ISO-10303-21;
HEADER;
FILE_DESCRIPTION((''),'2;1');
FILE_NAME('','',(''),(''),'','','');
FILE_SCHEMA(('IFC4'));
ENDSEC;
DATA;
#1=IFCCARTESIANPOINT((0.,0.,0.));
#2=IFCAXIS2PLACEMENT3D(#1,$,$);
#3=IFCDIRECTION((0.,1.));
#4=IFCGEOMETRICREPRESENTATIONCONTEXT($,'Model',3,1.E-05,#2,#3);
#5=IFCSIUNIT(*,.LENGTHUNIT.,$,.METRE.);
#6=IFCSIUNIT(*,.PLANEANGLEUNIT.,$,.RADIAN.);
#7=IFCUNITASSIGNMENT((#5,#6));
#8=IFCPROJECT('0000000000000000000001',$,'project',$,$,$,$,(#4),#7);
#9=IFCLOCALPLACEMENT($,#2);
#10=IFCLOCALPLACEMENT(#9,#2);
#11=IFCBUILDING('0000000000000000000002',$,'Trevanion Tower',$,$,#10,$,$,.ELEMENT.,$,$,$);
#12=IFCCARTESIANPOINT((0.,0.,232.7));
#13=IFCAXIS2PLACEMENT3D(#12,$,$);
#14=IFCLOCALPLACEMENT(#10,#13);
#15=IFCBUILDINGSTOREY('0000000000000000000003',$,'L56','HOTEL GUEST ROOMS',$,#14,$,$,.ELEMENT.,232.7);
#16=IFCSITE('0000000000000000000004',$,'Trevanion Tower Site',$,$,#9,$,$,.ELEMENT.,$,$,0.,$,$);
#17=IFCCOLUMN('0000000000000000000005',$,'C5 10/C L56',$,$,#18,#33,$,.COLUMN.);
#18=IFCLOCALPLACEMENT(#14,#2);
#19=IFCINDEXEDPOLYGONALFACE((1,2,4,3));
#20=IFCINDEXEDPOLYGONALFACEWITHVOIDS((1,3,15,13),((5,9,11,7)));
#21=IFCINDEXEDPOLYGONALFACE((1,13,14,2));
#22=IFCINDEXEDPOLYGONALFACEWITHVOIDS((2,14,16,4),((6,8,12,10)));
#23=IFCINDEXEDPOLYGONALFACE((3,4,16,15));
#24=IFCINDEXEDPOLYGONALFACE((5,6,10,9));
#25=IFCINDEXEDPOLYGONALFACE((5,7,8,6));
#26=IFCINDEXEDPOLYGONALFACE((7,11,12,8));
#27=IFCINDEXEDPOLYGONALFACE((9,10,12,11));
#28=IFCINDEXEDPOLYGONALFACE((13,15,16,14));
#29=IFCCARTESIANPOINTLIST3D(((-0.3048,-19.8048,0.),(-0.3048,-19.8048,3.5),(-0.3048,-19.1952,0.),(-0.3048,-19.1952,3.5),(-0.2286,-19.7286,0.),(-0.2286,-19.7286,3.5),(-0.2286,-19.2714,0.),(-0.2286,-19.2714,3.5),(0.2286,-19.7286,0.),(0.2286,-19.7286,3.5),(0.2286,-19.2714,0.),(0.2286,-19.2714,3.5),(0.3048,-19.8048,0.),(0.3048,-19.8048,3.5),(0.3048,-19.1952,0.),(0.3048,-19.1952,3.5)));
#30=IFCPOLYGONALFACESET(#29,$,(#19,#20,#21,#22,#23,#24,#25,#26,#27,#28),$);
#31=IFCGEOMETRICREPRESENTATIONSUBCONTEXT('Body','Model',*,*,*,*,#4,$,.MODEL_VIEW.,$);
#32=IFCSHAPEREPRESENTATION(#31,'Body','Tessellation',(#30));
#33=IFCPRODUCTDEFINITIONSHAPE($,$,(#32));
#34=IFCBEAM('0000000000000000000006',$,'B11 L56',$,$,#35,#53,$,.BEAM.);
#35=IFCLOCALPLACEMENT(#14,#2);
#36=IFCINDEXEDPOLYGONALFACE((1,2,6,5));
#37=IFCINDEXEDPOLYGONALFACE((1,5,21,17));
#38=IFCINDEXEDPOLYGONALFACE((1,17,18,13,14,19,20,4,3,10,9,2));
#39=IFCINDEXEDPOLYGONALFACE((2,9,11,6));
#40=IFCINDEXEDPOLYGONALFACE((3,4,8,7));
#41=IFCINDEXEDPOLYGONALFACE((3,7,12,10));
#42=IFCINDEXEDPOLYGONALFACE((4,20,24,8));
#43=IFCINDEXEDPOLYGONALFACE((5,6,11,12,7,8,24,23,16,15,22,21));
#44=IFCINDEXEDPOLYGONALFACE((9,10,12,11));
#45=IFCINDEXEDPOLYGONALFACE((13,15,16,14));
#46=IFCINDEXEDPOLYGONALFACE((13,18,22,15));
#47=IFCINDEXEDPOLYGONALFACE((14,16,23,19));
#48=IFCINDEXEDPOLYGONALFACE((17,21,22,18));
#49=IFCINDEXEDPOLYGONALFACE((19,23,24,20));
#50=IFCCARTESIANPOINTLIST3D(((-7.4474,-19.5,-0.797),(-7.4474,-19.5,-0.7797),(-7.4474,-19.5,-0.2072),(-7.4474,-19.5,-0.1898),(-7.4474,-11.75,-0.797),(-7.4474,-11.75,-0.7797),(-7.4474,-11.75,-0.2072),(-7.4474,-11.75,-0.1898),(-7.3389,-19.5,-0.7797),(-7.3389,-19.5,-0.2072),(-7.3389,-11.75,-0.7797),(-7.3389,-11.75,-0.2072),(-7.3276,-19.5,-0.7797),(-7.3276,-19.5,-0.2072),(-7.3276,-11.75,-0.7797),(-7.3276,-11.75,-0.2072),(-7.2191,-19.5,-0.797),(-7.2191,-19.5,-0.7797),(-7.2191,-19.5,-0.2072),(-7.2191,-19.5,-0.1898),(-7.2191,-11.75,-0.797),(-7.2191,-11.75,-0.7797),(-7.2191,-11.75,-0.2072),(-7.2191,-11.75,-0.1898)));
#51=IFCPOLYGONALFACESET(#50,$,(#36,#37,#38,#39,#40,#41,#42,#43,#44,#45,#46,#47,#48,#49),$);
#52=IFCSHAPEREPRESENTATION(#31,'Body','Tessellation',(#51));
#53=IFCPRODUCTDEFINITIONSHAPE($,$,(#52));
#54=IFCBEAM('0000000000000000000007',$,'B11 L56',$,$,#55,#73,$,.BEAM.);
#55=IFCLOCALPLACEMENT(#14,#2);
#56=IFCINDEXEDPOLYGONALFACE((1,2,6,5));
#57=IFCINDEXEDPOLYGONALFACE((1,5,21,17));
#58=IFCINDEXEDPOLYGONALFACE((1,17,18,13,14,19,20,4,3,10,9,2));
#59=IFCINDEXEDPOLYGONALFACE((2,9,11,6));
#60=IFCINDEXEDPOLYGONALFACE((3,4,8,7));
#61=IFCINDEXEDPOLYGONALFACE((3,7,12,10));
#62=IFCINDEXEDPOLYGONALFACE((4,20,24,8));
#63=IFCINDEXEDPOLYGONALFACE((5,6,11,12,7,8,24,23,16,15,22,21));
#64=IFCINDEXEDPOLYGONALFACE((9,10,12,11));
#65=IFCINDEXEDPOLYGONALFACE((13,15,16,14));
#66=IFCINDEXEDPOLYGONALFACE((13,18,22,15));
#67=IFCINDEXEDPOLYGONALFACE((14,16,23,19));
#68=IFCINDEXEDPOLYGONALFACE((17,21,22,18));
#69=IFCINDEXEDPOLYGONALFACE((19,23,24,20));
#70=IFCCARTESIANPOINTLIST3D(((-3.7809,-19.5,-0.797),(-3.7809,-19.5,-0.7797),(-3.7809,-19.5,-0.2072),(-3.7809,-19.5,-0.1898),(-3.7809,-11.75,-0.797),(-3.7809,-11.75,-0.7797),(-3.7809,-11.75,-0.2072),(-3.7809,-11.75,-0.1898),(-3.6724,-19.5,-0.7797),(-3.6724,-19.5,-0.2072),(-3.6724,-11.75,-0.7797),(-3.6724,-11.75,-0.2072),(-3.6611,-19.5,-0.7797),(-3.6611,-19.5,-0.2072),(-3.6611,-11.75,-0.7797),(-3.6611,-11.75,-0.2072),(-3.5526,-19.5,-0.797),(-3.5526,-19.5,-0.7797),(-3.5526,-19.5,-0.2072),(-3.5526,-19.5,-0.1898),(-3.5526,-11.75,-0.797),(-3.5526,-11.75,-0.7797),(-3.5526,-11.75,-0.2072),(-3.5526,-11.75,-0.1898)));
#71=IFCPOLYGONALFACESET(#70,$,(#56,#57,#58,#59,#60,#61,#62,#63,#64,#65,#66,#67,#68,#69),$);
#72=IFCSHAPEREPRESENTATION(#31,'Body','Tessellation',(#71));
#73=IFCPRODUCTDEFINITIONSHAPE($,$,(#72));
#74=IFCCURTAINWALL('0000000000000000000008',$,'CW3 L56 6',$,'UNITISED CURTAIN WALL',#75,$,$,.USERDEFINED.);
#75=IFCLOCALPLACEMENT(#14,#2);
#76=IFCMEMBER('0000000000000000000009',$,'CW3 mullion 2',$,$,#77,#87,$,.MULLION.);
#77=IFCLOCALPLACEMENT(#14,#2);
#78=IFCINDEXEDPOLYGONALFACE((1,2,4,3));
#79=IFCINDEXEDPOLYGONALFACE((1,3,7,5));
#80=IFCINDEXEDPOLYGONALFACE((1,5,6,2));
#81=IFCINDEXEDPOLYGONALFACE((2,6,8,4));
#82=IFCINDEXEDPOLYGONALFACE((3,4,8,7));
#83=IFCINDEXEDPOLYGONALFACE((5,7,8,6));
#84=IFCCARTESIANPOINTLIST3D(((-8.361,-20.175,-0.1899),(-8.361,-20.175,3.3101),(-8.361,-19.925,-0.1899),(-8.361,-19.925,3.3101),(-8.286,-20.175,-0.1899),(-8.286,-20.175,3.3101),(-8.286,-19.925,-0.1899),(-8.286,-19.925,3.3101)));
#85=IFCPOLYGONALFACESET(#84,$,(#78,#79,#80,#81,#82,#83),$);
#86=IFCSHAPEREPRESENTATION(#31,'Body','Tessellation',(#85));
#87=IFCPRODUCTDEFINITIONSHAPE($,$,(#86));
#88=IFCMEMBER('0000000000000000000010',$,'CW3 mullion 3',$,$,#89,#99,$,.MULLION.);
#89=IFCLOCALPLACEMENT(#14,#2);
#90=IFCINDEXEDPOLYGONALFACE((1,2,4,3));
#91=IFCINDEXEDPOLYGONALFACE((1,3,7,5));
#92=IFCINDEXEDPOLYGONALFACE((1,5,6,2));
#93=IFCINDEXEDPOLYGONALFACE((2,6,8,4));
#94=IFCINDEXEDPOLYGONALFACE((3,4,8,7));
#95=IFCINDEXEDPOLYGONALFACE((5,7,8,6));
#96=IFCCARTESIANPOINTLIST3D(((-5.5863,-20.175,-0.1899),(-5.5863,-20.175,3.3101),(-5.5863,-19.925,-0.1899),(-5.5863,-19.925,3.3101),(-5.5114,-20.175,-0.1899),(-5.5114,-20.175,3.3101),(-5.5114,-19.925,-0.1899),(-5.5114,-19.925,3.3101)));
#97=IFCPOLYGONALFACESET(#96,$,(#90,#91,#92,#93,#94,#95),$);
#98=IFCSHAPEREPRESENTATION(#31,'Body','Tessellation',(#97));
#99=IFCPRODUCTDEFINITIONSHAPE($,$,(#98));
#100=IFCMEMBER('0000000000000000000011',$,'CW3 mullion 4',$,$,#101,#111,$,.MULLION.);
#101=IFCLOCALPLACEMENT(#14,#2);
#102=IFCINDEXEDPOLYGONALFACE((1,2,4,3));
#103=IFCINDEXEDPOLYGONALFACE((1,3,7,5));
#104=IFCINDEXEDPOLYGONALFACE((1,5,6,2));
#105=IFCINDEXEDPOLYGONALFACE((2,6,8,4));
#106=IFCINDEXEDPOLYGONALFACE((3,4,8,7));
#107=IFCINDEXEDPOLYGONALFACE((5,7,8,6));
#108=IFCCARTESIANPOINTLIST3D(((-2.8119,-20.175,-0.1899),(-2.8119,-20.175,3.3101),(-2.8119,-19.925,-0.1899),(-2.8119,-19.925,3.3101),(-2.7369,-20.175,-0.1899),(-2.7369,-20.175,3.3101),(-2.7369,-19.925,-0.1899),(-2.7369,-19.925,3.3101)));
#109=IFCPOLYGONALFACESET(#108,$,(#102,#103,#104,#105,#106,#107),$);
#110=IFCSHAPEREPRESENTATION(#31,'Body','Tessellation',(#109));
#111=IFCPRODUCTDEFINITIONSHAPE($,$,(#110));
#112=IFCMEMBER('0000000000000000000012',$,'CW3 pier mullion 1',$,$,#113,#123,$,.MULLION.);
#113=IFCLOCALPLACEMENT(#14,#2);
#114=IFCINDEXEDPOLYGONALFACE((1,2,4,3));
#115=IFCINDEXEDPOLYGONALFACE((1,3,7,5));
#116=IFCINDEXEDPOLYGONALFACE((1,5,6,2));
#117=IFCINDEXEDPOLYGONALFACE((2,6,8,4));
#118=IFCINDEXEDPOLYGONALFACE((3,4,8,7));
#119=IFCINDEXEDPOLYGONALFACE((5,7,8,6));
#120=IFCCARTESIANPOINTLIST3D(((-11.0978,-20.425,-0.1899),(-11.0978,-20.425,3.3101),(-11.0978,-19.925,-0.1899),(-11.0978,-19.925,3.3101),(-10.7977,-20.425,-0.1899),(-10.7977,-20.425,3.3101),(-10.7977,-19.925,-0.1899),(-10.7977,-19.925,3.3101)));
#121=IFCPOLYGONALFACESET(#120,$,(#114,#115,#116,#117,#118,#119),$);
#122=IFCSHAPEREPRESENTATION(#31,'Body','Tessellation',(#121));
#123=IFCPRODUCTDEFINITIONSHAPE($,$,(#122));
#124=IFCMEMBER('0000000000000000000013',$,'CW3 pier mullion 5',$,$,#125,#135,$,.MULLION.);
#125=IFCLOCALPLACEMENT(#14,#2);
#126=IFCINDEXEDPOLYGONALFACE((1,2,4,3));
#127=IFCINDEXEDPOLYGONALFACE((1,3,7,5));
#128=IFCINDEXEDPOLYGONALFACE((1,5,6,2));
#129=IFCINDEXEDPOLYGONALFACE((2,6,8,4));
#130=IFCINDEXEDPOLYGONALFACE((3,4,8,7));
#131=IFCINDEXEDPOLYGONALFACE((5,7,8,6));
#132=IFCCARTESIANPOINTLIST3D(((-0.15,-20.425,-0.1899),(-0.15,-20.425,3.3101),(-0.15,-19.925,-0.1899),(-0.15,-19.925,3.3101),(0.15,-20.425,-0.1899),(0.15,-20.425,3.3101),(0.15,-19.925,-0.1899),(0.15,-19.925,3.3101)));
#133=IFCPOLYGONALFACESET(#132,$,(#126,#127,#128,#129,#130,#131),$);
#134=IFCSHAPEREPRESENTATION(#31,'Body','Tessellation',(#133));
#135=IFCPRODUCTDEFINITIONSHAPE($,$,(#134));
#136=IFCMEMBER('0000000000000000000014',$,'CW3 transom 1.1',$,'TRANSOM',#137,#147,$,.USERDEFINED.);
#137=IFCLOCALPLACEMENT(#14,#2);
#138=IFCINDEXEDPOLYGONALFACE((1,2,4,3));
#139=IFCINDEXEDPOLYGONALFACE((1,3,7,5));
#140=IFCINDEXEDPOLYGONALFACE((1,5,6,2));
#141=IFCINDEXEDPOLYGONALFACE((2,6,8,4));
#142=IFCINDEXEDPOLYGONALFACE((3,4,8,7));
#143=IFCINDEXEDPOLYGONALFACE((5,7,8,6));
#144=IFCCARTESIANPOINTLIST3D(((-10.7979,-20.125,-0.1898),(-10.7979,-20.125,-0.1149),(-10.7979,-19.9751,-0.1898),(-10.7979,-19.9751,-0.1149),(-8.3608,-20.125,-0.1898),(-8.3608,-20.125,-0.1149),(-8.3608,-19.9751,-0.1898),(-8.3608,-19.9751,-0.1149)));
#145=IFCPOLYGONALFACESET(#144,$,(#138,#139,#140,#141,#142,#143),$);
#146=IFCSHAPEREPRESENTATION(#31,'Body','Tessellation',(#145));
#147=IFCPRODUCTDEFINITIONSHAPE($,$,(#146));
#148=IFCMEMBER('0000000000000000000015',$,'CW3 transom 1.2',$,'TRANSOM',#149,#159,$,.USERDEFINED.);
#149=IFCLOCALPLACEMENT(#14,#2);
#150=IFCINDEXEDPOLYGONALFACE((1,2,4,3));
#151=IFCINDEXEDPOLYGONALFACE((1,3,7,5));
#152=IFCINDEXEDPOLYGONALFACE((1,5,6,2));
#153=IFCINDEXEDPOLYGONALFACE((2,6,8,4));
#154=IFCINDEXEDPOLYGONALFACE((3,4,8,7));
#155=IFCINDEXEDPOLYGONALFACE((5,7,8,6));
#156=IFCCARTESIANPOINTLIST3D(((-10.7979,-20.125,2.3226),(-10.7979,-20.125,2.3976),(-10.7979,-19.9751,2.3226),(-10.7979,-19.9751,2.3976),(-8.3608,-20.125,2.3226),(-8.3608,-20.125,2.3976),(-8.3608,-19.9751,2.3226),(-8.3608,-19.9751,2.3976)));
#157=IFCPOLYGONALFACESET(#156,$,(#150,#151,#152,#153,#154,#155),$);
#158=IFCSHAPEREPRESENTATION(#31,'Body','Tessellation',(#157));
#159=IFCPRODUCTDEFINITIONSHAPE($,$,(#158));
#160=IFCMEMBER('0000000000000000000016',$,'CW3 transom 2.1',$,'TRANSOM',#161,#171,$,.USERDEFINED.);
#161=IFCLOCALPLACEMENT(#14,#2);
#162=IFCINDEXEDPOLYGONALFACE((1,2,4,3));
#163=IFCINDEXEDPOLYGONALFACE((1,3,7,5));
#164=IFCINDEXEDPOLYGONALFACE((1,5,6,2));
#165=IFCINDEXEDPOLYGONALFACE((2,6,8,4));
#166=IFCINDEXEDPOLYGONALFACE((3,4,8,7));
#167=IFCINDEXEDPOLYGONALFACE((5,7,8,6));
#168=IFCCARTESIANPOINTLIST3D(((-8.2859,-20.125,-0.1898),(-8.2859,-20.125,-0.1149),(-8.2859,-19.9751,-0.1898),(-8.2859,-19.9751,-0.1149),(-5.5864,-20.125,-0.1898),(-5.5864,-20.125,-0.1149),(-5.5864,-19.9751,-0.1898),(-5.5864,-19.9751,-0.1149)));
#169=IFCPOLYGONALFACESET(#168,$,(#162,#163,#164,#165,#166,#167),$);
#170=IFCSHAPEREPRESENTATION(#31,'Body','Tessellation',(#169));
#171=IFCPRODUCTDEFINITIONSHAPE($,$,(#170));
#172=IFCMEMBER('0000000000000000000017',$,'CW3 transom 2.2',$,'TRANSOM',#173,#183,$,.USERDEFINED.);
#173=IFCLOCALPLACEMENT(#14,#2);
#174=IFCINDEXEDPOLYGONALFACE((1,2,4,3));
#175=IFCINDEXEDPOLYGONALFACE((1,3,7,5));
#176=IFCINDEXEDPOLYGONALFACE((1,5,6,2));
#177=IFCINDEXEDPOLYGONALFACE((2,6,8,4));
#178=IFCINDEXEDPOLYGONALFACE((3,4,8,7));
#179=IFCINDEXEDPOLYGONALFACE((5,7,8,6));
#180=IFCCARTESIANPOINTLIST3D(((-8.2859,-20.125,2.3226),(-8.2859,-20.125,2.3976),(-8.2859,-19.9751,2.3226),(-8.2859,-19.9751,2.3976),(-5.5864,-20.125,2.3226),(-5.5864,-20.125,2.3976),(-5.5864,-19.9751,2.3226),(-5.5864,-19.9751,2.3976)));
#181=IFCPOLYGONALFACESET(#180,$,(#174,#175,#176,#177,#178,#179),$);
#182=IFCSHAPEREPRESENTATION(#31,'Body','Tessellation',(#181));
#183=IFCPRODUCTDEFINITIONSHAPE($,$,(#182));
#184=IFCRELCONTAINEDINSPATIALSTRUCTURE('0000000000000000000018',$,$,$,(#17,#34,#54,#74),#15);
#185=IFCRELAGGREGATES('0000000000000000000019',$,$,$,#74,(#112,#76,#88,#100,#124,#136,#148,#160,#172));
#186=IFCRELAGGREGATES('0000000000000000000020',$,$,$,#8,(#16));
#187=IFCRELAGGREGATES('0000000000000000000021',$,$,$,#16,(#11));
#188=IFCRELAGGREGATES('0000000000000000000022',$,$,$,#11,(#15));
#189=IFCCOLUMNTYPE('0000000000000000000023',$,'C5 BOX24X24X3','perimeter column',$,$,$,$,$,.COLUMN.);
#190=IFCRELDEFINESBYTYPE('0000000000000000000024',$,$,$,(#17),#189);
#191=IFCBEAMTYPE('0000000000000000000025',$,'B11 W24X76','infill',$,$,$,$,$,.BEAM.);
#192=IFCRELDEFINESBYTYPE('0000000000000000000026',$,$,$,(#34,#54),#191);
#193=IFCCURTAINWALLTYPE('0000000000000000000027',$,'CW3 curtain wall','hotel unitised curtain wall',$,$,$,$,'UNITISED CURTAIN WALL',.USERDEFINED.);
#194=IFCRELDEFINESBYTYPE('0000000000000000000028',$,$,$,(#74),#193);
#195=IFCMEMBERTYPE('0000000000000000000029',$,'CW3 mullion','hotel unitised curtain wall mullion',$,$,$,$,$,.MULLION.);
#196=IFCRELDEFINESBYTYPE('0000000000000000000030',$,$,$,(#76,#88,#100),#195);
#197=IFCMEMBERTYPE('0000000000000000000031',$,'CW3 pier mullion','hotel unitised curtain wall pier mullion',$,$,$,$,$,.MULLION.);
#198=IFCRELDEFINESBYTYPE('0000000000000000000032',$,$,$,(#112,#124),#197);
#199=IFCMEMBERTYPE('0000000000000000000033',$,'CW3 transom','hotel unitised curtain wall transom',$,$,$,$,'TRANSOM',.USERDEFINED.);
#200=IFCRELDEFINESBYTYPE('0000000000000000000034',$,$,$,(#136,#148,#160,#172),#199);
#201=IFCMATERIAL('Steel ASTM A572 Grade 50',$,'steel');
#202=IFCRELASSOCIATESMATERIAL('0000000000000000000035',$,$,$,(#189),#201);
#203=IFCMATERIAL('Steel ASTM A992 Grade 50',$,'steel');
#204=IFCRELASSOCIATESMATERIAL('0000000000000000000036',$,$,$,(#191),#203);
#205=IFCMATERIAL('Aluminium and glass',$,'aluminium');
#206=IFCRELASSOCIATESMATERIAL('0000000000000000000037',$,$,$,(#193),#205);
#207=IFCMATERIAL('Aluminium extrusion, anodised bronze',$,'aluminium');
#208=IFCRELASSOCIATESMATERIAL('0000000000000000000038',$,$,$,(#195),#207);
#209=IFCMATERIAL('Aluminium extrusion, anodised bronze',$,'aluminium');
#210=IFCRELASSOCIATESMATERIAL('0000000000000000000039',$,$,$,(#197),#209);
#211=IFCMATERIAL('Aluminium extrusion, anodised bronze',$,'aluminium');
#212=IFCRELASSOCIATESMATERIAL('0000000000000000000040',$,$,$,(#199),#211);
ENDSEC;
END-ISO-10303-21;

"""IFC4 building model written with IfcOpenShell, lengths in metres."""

from ifc_helpers import new_model, si_unit, direction, frame, origin, origin_2d, place, context, subcontext, project, spatial, rectangle, hollow_rectangle, i_section, extrude, material, material_profile, profile_set, type_object, element, aggregate, save


model = new_model("IFC4")

# Units and contexts
model_context = context("Model", 3, precision=1e-05, world=origin(), true_north=direction((0.0, 1.0)))
body_context = subcontext(model_context, "Body", "Model", "MODEL_VIEW")
ifc_project = project(units=[si_unit("LENGTHUNIT", "METRE"), si_unit("PLANEANGLEUNIT", "RADIAN")], contexts=[model_context])

# Site, building, storey
site_placement = place(None, origin())
site = spatial("IfcSite", under=ifc_project, at=site_placement, Name="Trevanion Tower Site", CompositionType="ELEMENT", RefElevation=0.0)
building_placement = place(site_placement, origin())
building = spatial("IfcBuilding", under=site, at=building_placement, Name="Trevanion Tower", CompositionType="ELEMENT")
storey_placement = place(building_placement, frame((0.0, 0.0, 232.7)))
storey = spatial("IfcBuildingStorey", under=building, at=storey_placement, Name="L56", Description="HOTEL GUEST ROOMS", CompositionType="ELEMENT", Elevation=232.7)

# Column
ifc_material_1 = material(Name="Steel ASTM A572 Grade 50", Category="steel")
ifc_material_profile_1 = material_profile(ifc_material_1, hollow_rectangle(XDim=0.6096, YDim=0.6096, WallThickness=0.0762, at=origin_2d()), Name="BOX24X24X3")
ifc_profile_set_1 = profile_set([ifc_material_profile_1], Name="Steel ASTM A572 Grade 50")
column_type = type_object("IfcColumnType", Name="C5 BOX24X24X3", Description="perimeter column", PredefinedType="COLUMN", material=ifc_profile_set_1)
column_placement = place(storey_placement, frame((0.0, -19.5, 0.0), z_axis=(0.0, 0.0, 1.0), x_axis=(1.0, 0.0, 0.0)))
element("IfcColumn", 1, at=column_placement, inside=storey, type_object=column_type, Name="C5 10/C L56", PredefinedType="COLUMN", context=body_context, shape_type="SweptSolid", body=[
    extrude(hollow_rectangle(XDim=0.6096, YDim=0.6096, WallThickness=0.0762, at=origin_2d()), origin(), (0.0, 0.0, 1.0), 3.5),
])

# Beams
ifc_material_2 = material(Name="Steel ASTM A992 Grade 50", Category="steel")
ifc_material_profile_2 = material_profile(ifc_material_2, i_section(OverallWidth=0.2283, OverallDepth=0.6072, WebThickness=0.0112, FlangeThickness=0.0173, at=origin_2d()), Name="W24X76")
ifc_profile_set_2 = profile_set([ifc_material_profile_2], Name="Steel ASTM A992 Grade 50")
beam_type_1 = type_object("IfcBeamType", Name="B11 W24X76", Description="infill", PredefinedType="BEAM", material=ifc_profile_set_2)
for number, where, z_axis, x_axis, name in (
    (2, (-7.3333, -11.75, -0.4934), (0.0, -1.0, 0.0), (1.0, 0.0, 0.0), "B11 L56"),
    (3, (-3.6667, -11.75, -0.4934), (0.0, -1.0, 0.0), (1.0, 0.0, 0.0), "B11 L56"),
):
    element("IfcBeam", number, at=place(storey_placement, frame(where, z_axis=z_axis, x_axis=x_axis)), inside=storey, type_object=beam_type_1, Name=name, PredefinedType="BEAM", context=body_context, shape_type="SweptSolid", body=[
        extrude(i_section(OverallWidth=0.2283, OverallDepth=0.6072, WebThickness=0.0112, FlangeThickness=0.0173, at=origin_2d()), origin(), (0.0, 0.0, 1.0), 7.75),
    ])

# Curtain wall, members
ifc_material_3 = material(Name="Aluminium and glass", Category="aluminium")
curtain_wall_type = type_object("IfcCurtainWallType", Name="CW3 curtain wall", Description="hotel unitised curtain wall", ElementType="UNITISED CURTAIN WALL", PredefinedType="USERDEFINED", material=ifc_material_3)
curtain_wall_placement = place(storey_placement, origin())
curtain_wall = element("IfcCurtainWall", 4, at=curtain_wall_placement, inside=storey, type_object=curtain_wall_type, Name="CW3 L56 6", ObjectType="UNITISED CURTAIN WALL", PredefinedType="USERDEFINED")
ifc_material_4 = material(Name="Aluminium extrusion, anodised bronze", Category="aluminium")
ifc_material_profile_3 = material_profile(ifc_material_4, rectangle(XDim=0.075, YDim=0.25, at=origin_2d()), Name="CW3 mullion")
ifc_profile_set_3 = profile_set([ifc_material_profile_3], Name="Aluminium extrusion, anodised bronze")
member_type_1 = type_object("IfcMemberType", Name="CW3 mullion", Description="hotel unitised curtain wall mullion", PredefinedType="MULLION", material=ifc_profile_set_3)
member_1_placement = place(storey_placement, frame((-8.3235, -20.05, -0.1899), z_axis=(0.0, 0.0, 1.0), x_axis=(1.0, 0.0, 0.0)))
member_1 = element("IfcMember", 5, at=member_1_placement, type_object=member_type_1, Name="CW3 mullion 2", PredefinedType="MULLION", context=body_context, shape_type="SweptSolid", body=[
    extrude(rectangle(XDim=0.075, YDim=0.25, at=origin_2d()), origin(), (0.0, 0.0, 1.0), 3.5),
])
member_2_placement = place(storey_placement, frame((-5.5488, -20.05, -0.1899), z_axis=(0.0, 0.0, 1.0), x_axis=(1.0, 0.0, 0.0)))
member_2 = element("IfcMember", 6, at=member_2_placement, type_object=member_type_1, Name="CW3 mullion 3", PredefinedType="MULLION", context=body_context, shape_type="SweptSolid", body=[
    extrude(rectangle(XDim=0.075, YDim=0.25, at=origin_2d()), origin(), (0.0, 0.0, 1.0), 3.5),
])
member_3_placement = place(storey_placement, frame((-2.7744, -20.05, -0.1899), z_axis=(0.0, 0.0, 1.0), x_axis=(1.0, 0.0, 0.0)))
member_3 = element("IfcMember", 7, at=member_3_placement, type_object=member_type_1, Name="CW3 mullion 4", PredefinedType="MULLION", context=body_context, shape_type="SweptSolid", body=[
    extrude(rectangle(XDim=0.075, YDim=0.25, at=origin_2d()), origin(), (0.0, 0.0, 1.0), 3.5),
])
ifc_material_5 = material(Name="Aluminium extrusion, anodised bronze", Category="aluminium")
ifc_material_profile_4 = material_profile(ifc_material_5, rectangle(XDim=0.3, YDim=0.5, at=origin_2d()), Name="CW3 pier mullion")
ifc_profile_set_4 = profile_set([ifc_material_profile_4], Name="Aluminium extrusion, anodised bronze")
member_type_2 = type_object("IfcMemberType", Name="CW3 pier mullion", Description="hotel unitised curtain wall pier mullion", PredefinedType="MULLION", material=ifc_profile_set_4)
member_4_placement = place(storey_placement, frame((-10.9478, -20.175, -0.1899), z_axis=(0.0, 0.0, 1.0), x_axis=(1.0, 0.0, 0.0)))
member_4 = element("IfcMember", 8, at=member_4_placement, type_object=member_type_2, Name="CW3 pier mullion 1", PredefinedType="MULLION", context=body_context, shape_type="SweptSolid", body=[
    extrude(rectangle(XDim=0.3, YDim=0.5, at=origin_2d()), origin(), (0.0, 0.0, 1.0), 3.5),
])
member_5_placement = place(storey_placement, frame((0.0, -20.175, -0.1899), z_axis=(0.0, 0.0, 1.0), x_axis=(1.0, 0.0, 0.0)))
member_5 = element("IfcMember", 9, at=member_5_placement, type_object=member_type_2, Name="CW3 pier mullion 5", PredefinedType="MULLION", context=body_context, shape_type="SweptSolid", body=[
    extrude(rectangle(XDim=0.3, YDim=0.5, at=origin_2d()), origin(), (0.0, 0.0, 1.0), 3.5),
])
ifc_material_6 = material(Name="Aluminium extrusion, anodised bronze", Category="aluminium")
ifc_material_profile_5 = material_profile(ifc_material_6, rectangle(XDim=0.1499, YDim=0.075, at=origin_2d()), Name="CW3 transom")
ifc_profile_set_5 = profile_set([ifc_material_profile_5], Name="Aluminium extrusion, anodised bronze")
member_type_3 = type_object("IfcMemberType", Name="CW3 transom", Description="hotel unitised curtain wall transom", ElementType="TRANSOM", PredefinedType="USERDEFINED", material=ifc_profile_set_5)
member_6_placement = place(storey_placement, frame((-10.7979, -20.05, -0.1523), z_axis=(1.0, 0.0, 0.0), x_axis=(0.0, 1.0, 0.0)))
member_6 = element("IfcMember", 10, at=member_6_placement, type_object=member_type_3, Name="CW3 transom 1.1", ObjectType="TRANSOM", PredefinedType="USERDEFINED", context=body_context, shape_type="SweptSolid", body=[
    extrude(rectangle(XDim=0.1499, YDim=0.075, at=origin_2d()), origin(), (0.0, 0.0, 1.0), 2.437),
])
member_7_placement = place(storey_placement, frame((-10.7979, -20.05, 2.3601), z_axis=(1.0, 0.0, 0.0), x_axis=(0.0, 1.0, 0.0)))
member_7 = element("IfcMember", 11, at=member_7_placement, type_object=member_type_3, Name="CW3 transom 1.2", ObjectType="TRANSOM", PredefinedType="USERDEFINED", context=body_context, shape_type="SweptSolid", body=[
    extrude(rectangle(XDim=0.1499, YDim=0.075, at=origin_2d()), origin(), (0.0, 0.0, 1.0), 2.437),
])
member_8_placement = place(storey_placement, frame((-8.2859, -20.05, -0.1523), z_axis=(1.0, 0.0, 0.0), x_axis=(0.0, 1.0, 0.0)))
member_8 = element("IfcMember", 12, at=member_8_placement, type_object=member_type_3, Name="CW3 transom 2.1", ObjectType="TRANSOM", PredefinedType="USERDEFINED", context=body_context, shape_type="SweptSolid", body=[
    extrude(rectangle(XDim=0.1499, YDim=0.075, at=origin_2d()), origin(), (0.0, 0.0, 1.0), 2.6995),
])
member_9_placement = place(storey_placement, frame((-8.2859, -20.05, 2.3601), z_axis=(1.0, 0.0, 0.0), x_axis=(0.0, 1.0, 0.0)))
member_9 = element("IfcMember", 13, at=member_9_placement, type_object=member_type_3, Name="CW3 transom 2.2", ObjectType="TRANSOM", PredefinedType="USERDEFINED", context=body_context, shape_type="SweptSolid", body=[
    extrude(rectangle(XDim=0.1499, YDim=0.075, at=origin_2d()), origin(), (0.0, 0.0, 1.0), 2.6995),
])

aggregate(curtain_wall, [member_4, member_1, member_2, member_3, member_5, member_6, member_7, member_8, member_9])

save(model, "model.ifc")
